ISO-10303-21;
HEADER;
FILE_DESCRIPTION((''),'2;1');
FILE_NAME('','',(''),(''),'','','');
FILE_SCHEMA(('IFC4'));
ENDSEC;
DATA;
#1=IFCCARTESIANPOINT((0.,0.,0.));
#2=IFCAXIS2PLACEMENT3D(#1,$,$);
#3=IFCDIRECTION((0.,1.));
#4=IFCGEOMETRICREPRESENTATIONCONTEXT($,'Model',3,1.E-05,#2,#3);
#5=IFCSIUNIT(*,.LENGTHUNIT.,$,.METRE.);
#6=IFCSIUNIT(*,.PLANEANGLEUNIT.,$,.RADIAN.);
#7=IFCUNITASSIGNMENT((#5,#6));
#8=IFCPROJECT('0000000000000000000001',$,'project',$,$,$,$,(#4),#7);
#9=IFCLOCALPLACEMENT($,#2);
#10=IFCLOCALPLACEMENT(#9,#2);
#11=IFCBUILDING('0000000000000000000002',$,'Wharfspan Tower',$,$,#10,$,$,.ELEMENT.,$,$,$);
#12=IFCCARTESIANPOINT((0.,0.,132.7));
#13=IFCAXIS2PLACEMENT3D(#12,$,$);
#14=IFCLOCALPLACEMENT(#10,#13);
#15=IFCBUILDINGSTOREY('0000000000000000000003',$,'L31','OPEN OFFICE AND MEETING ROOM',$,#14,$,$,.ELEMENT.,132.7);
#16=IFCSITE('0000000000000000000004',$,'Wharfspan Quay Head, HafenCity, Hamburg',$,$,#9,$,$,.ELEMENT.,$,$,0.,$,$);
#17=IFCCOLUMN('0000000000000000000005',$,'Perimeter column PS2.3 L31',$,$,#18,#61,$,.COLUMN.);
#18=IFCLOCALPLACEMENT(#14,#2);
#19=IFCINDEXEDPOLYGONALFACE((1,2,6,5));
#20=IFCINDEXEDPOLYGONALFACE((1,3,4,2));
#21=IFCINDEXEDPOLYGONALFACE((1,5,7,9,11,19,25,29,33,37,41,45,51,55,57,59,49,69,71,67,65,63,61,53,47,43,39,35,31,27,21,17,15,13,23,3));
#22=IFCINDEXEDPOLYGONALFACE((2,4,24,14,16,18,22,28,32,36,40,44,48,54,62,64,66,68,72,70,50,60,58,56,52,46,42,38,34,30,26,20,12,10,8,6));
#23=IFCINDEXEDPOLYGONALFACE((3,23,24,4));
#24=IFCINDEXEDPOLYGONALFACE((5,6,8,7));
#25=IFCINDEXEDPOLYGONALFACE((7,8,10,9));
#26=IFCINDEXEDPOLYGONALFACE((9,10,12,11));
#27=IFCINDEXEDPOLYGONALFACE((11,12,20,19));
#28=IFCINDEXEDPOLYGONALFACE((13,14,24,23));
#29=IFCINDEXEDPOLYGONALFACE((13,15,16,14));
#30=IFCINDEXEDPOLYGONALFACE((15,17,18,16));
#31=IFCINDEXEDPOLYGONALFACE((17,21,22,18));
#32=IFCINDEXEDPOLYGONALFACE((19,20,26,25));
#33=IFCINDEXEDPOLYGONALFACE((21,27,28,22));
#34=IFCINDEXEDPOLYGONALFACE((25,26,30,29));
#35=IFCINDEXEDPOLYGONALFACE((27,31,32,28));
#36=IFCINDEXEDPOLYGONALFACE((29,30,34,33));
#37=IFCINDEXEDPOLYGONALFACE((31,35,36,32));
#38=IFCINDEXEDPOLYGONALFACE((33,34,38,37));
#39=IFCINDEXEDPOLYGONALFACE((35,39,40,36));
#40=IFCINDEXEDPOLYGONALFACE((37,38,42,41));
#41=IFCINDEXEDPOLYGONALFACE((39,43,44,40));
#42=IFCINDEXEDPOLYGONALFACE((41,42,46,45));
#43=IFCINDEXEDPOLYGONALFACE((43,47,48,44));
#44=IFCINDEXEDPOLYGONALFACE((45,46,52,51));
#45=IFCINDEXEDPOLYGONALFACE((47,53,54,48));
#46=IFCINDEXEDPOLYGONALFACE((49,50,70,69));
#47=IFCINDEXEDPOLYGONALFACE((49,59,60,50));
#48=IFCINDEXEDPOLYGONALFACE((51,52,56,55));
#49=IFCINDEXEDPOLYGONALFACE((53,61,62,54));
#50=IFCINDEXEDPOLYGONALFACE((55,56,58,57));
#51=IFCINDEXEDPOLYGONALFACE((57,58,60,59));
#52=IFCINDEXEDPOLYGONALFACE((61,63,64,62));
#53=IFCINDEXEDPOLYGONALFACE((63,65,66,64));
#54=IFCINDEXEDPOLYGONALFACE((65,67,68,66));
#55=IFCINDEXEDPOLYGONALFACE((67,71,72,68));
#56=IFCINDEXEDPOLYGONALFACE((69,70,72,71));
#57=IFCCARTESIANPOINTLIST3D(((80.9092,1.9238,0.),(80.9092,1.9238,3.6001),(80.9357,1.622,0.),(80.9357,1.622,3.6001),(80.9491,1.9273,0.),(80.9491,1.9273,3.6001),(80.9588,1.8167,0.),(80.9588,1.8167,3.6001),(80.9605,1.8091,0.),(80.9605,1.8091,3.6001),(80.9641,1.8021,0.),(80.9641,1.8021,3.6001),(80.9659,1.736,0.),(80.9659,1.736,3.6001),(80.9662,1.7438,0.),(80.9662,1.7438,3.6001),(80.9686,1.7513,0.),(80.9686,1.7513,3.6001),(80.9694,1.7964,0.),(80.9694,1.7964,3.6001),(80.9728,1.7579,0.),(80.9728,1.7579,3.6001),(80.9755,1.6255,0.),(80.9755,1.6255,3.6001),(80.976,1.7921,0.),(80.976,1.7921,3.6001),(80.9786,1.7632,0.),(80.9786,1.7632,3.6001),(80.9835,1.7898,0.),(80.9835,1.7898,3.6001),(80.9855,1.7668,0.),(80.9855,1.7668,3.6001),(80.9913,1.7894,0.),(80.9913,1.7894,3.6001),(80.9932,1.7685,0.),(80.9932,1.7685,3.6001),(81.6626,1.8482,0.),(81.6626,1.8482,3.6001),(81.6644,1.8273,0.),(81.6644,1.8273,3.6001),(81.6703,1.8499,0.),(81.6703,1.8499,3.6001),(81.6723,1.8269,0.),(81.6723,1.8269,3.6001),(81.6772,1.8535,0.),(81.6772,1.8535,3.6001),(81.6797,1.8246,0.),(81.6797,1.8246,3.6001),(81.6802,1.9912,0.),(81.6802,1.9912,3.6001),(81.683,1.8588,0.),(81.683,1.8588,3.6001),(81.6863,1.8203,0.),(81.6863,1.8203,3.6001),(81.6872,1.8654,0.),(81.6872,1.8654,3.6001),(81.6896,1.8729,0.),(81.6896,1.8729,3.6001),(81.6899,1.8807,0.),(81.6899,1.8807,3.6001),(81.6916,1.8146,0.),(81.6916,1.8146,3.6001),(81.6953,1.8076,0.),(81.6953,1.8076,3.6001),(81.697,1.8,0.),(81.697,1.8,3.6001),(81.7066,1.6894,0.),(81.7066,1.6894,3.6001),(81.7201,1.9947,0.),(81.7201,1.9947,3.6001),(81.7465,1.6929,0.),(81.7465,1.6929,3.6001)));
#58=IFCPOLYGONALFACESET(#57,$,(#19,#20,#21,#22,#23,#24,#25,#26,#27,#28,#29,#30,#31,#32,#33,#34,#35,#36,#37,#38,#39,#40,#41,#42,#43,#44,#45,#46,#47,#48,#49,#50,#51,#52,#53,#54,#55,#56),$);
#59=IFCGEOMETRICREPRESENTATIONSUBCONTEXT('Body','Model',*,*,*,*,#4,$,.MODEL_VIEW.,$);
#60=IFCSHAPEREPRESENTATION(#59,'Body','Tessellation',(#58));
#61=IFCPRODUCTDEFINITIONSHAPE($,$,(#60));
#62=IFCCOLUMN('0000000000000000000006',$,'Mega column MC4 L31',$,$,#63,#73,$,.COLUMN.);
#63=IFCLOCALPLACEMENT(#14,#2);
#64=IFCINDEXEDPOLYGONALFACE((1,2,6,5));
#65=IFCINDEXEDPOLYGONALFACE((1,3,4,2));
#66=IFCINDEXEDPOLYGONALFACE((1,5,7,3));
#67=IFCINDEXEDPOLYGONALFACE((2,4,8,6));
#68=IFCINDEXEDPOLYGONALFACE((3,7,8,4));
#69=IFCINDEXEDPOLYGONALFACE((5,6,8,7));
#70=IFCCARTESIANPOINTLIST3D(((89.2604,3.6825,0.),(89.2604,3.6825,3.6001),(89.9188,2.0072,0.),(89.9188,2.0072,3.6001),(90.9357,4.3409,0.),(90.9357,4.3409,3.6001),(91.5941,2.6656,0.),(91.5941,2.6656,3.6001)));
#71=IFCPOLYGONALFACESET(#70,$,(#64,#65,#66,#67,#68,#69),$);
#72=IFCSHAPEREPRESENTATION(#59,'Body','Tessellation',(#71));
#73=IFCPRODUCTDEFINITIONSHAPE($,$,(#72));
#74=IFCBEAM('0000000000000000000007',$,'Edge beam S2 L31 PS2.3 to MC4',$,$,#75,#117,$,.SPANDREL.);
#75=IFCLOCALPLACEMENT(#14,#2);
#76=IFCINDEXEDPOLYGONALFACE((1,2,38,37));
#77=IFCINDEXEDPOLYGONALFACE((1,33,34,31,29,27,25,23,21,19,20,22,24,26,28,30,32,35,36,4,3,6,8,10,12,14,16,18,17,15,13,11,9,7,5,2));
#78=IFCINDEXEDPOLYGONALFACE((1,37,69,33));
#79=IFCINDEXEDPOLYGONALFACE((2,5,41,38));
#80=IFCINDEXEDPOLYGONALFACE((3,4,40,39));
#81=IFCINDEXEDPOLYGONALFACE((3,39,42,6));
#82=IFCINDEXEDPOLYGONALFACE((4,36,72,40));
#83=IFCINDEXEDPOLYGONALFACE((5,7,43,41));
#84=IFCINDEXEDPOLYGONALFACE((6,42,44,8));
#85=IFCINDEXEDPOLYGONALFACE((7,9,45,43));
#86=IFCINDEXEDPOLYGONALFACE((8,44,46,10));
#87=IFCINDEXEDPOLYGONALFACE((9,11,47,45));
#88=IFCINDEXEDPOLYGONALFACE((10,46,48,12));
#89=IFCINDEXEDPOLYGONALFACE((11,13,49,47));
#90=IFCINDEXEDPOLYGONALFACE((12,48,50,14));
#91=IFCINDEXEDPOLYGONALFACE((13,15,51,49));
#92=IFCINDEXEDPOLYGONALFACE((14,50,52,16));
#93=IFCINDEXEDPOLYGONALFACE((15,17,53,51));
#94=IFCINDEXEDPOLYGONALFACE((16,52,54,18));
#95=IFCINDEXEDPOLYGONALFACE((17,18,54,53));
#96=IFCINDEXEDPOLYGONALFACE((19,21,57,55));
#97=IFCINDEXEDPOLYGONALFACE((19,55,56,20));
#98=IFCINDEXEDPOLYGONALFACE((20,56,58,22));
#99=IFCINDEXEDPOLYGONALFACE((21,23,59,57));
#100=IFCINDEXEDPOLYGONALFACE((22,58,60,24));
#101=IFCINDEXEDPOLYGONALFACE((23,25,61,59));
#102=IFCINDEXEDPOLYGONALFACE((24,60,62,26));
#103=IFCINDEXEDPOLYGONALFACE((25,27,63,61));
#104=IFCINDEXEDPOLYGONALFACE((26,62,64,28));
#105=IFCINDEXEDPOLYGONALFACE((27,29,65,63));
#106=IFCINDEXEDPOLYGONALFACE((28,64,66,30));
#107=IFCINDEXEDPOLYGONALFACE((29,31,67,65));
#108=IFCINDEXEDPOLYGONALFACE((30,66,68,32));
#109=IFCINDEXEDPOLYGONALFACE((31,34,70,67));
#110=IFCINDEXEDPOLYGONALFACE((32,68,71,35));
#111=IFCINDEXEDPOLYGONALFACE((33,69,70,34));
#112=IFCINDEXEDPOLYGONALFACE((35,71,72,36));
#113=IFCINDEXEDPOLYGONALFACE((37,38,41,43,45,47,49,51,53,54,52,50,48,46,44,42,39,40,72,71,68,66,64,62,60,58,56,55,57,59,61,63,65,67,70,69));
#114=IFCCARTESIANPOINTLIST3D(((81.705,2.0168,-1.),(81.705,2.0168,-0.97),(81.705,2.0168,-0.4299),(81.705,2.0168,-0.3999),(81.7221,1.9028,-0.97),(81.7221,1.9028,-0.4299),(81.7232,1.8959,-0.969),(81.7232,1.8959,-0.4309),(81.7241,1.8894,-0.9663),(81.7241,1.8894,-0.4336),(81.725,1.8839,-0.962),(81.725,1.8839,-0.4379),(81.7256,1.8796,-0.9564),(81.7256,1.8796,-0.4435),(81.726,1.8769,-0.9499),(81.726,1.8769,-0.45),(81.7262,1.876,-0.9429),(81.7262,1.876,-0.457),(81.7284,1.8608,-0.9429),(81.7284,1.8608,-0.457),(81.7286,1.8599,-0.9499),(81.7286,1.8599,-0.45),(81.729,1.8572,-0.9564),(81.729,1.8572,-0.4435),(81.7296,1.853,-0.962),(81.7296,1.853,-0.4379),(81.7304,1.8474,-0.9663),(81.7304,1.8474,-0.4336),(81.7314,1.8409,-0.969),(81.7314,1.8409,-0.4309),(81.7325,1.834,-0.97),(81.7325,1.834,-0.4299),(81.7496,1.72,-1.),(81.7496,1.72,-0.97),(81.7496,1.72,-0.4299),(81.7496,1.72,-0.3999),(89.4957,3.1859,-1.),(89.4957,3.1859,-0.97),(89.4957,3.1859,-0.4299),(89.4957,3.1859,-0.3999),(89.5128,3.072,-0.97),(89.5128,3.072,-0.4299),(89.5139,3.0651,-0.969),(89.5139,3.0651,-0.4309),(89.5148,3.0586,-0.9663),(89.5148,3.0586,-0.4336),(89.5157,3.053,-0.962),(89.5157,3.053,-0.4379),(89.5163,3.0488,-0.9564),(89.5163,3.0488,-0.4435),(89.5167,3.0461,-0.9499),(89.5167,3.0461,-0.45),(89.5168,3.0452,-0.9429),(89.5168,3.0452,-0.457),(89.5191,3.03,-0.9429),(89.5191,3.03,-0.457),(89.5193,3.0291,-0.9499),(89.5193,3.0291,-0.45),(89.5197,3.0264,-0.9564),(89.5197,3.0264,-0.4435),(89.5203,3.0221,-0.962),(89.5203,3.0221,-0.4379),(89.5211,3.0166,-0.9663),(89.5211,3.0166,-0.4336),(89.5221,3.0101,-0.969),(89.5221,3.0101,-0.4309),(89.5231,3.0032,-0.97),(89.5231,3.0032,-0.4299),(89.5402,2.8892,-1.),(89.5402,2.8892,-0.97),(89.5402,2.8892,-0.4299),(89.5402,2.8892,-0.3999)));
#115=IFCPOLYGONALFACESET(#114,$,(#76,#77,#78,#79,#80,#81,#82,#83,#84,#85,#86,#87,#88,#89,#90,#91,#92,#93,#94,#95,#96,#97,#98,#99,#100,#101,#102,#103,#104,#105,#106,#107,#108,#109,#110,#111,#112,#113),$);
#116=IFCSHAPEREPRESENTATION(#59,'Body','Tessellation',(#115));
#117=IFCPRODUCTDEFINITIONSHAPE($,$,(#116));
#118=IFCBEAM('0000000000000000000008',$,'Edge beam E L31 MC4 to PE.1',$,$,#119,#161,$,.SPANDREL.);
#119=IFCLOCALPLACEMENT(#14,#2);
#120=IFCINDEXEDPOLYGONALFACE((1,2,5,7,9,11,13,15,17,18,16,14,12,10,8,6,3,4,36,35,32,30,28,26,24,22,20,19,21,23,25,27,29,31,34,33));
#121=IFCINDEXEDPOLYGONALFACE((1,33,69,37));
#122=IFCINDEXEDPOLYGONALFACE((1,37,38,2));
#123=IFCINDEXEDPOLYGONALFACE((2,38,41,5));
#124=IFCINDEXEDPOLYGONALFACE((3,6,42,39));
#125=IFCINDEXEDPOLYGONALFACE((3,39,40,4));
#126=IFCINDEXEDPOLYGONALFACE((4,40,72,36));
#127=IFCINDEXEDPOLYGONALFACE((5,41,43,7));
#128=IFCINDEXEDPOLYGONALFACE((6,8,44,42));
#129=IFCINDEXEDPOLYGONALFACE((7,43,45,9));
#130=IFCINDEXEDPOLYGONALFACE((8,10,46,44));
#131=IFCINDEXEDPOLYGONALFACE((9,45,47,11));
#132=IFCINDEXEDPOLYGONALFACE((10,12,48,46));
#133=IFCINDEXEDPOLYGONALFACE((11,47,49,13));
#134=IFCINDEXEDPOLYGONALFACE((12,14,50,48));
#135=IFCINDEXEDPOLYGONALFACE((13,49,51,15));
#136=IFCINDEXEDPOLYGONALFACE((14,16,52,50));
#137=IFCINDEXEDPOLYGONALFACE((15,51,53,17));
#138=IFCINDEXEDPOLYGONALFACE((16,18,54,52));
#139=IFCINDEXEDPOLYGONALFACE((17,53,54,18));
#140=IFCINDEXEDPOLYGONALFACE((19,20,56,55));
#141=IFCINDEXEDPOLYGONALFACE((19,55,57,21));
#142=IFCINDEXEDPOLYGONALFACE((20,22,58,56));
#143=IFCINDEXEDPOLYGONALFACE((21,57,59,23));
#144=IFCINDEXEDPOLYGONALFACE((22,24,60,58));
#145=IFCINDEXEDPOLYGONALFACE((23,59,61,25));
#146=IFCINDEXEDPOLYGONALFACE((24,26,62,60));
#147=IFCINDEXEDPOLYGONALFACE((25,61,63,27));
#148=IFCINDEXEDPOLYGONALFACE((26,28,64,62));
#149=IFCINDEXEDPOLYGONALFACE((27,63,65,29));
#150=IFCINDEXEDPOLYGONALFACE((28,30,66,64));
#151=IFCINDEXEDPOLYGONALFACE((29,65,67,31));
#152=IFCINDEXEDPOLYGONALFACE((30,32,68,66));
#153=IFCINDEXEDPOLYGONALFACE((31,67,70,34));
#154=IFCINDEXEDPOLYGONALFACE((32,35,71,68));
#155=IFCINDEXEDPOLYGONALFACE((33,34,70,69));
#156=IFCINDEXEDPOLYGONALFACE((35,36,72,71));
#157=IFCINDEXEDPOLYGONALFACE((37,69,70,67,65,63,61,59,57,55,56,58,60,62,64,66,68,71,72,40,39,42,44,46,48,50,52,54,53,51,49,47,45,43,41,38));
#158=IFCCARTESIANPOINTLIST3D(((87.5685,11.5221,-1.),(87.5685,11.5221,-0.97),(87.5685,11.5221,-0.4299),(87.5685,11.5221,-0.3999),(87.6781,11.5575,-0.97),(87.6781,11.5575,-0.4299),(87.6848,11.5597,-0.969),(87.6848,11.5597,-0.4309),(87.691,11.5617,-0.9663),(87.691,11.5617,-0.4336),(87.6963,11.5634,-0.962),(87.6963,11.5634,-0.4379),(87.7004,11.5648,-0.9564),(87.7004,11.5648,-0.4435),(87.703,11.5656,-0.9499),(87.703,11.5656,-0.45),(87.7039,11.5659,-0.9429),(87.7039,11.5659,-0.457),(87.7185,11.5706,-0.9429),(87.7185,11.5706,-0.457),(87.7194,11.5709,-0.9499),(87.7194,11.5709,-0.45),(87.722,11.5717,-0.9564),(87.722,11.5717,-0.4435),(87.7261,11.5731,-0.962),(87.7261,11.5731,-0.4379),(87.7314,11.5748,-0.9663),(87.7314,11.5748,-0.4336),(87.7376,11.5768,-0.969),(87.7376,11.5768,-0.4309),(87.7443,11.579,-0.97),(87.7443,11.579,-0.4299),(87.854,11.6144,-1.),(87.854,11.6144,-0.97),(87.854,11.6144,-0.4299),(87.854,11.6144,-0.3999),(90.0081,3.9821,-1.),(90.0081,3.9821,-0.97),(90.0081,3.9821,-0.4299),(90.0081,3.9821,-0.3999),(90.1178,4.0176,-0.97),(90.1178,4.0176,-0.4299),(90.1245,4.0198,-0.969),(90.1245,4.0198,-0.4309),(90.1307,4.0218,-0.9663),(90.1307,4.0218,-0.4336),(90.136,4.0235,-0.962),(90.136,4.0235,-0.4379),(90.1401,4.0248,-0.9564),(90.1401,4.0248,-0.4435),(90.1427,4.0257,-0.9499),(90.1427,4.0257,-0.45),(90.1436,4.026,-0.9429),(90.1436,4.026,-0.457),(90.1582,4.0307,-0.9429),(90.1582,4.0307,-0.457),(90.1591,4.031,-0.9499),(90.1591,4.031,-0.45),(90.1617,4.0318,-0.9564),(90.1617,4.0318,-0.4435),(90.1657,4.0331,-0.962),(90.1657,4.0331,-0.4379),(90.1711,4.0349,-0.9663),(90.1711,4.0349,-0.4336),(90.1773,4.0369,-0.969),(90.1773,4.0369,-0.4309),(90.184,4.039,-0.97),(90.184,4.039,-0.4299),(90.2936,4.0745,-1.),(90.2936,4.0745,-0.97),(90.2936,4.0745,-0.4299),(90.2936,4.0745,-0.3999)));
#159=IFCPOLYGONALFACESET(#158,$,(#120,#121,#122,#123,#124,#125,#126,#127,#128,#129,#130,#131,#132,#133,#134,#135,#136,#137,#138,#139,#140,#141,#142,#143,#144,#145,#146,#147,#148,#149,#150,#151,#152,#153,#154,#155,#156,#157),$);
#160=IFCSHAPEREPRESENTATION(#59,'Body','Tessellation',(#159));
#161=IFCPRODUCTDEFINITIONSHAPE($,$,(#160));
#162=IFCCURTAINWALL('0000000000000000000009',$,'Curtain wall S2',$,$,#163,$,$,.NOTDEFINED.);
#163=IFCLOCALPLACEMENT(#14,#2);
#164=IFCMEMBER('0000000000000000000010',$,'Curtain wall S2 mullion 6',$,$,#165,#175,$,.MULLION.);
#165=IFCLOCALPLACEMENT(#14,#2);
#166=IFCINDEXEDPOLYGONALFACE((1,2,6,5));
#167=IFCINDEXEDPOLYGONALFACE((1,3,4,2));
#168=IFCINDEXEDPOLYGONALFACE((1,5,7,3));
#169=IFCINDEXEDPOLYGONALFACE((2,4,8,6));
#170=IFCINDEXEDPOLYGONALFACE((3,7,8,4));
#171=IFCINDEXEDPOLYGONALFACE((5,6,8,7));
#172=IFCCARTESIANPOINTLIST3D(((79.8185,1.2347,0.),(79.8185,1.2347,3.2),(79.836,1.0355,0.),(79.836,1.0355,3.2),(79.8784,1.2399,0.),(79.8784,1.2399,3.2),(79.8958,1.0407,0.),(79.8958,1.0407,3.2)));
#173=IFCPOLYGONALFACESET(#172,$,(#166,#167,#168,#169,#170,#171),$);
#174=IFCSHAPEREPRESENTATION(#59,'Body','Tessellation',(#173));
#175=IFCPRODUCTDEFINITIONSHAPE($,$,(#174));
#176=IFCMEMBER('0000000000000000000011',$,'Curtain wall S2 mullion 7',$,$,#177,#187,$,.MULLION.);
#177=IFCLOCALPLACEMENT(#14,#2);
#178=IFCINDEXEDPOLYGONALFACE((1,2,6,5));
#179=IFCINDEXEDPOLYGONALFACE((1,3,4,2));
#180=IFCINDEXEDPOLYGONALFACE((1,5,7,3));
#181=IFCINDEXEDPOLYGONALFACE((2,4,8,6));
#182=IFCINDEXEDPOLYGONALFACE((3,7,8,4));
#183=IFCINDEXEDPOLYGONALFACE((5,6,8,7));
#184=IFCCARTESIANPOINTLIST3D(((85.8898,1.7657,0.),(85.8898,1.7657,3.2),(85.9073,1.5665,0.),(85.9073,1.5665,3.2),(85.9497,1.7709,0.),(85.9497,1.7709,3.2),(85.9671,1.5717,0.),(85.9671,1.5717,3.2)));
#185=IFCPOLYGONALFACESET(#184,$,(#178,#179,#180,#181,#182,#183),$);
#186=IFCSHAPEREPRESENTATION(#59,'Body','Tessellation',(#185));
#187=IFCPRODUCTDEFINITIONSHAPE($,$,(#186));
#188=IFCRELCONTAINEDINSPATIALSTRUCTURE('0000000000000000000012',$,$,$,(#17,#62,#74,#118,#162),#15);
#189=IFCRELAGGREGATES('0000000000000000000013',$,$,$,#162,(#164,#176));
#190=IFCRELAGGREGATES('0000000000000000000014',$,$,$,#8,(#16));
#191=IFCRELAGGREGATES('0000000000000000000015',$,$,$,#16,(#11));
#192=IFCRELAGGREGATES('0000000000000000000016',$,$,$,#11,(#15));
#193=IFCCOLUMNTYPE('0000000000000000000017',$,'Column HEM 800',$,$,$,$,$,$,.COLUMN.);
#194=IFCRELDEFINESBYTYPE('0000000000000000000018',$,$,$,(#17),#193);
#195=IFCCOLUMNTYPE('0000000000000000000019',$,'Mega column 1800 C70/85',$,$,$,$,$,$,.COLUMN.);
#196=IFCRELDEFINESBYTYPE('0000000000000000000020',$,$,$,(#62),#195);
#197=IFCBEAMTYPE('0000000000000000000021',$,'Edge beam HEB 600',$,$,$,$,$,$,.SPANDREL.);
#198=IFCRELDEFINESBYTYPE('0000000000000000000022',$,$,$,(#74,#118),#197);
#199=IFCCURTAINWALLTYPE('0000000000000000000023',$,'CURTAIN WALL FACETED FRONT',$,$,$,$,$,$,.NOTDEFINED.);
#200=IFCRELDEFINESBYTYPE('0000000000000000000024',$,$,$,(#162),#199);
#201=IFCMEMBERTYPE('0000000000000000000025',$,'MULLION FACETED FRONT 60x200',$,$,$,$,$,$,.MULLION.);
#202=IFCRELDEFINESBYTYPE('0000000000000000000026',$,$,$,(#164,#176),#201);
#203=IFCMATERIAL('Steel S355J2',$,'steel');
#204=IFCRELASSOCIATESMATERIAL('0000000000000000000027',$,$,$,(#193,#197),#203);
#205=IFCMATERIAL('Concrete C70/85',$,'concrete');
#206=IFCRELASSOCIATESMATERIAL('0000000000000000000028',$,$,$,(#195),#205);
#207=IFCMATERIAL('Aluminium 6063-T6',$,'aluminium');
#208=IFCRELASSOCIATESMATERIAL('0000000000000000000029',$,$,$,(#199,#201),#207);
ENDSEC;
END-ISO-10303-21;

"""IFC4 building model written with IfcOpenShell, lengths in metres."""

from ifc_helpers import new_model, si_unit, direction, frame, origin, origin_2d, place, context, subcontext, project, spatial, rectangle, i_section, extrude, material, material_profile, profile_set, type_object, element, aggregate, save


model = new_model("IFC4")

# Units and contexts
model_context = context("Model", 3, precision=1e-05, world=origin(), true_north=direction((0.0, 1.0)))
body_context = subcontext(model_context, "Body", "Model", "MODEL_VIEW")
ifc_project = project(units=[si_unit("LENGTHUNIT", "METRE"), si_unit("PLANEANGLEUNIT", "RADIAN")], contexts=[model_context])

# Site, building, storey
site_placement = place(None, origin())
site = spatial("IfcSite", under=ifc_project, at=site_placement, Name="Wharfspan Quay Head, HafenCity, Hamburg", CompositionType="ELEMENT", RefElevation=0.0)
building_placement = place(site_placement, origin())
building = spatial("IfcBuilding", under=site, at=building_placement, Name="Wharfspan Tower", CompositionType="ELEMENT")
storey_placement = place(building_placement, frame((0.0, 0.0, 132.7)))
storey = spatial("IfcBuildingStorey", under=building, at=storey_placement, Name="L31", Description="OPEN OFFICE AND MEETING ROOM", CompositionType="ELEMENT", Elevation=132.7)

# Columns
ifc_material_1 = material(Name="Steel S355J2", Category="steel")
ifc_material_profile_1 = material_profile(ifc_material_1, i_section(OverallWidth=0.303, OverallDepth=0.814, WebThickness=0.021, FlangeThickness=0.04, FilletRadius=0.03, at=origin_2d()))
ifc_profile_set_1 = profile_set([ifc_material_profile_1], Name="Steel S355J2")
column_type_1 = type_object("IfcColumnType", Name="Column HEM 800", PredefinedType="COLUMN", material=ifc_profile_set_1)
column_1_placement = place(storey_placement, frame((81.3279, 1.8083, 0.0), z_axis=(0.0, 0.0, 1.0), x_axis=(0.087156, -0.996198, 0.0)))
element("IfcColumn", 1, at=column_1_placement, inside=storey, type_object=column_type_1, Name="Perimeter column PS2.3 L31", PredefinedType="COLUMN", context=body_context, shape_type="SweptSolid", body=[
    extrude(i_section(OverallWidth=0.303, OverallDepth=0.814, WebThickness=0.021, FlangeThickness=0.04, FilletRadius=0.03, at=origin_2d()), origin(), (0.0, 0.0, 1.0), 3.6001),
])
ifc_material_2 = material(Name="Concrete C70/85", Category="concrete")
ifc_material_profile_2 = material_profile(ifc_material_2, rectangle(XDim=1.8, YDim=1.8, at=origin_2d()))
ifc_profile_set_2 = profile_set([ifc_material_profile_2], Name="Concrete C70/85")
column_type_2 = type_object("IfcColumnType", Name="Mega column 1800 C70/85", PredefinedType="COLUMN", material=ifc_profile_set_2)
column_2_placement = place(storey_placement, frame((90.4272, 3.1741, 0.0), z_axis=(0.0, 0.0, 1.0), x_axis=(-0.365778, 0.930702, 0.0)))
element("IfcColumn", 2, at=column_2_placement, inside=storey, type_object=column_type_2, Name="Mega column MC4 L31", PredefinedType="COLUMN", context=body_context, shape_type="SweptSolid", body=[
    extrude(rectangle(XDim=1.8, YDim=1.8, at=origin_2d()), origin(), (0.0, 0.0, 1.0), 3.6001),
])

# Beams
ifc_material_profile_3 = material_profile(ifc_material_1, i_section(OverallWidth=0.3, OverallDepth=0.6001, WebThickness=0.0154, FlangeThickness=0.03, FilletRadius=0.0271, at=origin_2d()))
ifc_profile_set_3 = profile_set([ifc_material_profile_3], Name="Steel S355J2")
beam_type = type_object("IfcBeamType", Name="Edge beam HEB 600", PredefinedType="SPANDREL", material=ifc_profile_set_3)
beam_1_placement = place(storey_placement, frame((81.7273, 1.8684, -0.7), z_axis=(0.988926, 0.148412, 0.0), x_axis=(-0.148412, 0.988926, 0.0)))
element("IfcBeam", 3, at=beam_1_placement, inside=storey, type_object=beam_type, Name="Edge beam S2 L31 PS2.3 to MC4", PredefinedType="SPANDREL", context=body_context, shape_type="SweptSolid", body=[
    extrude(i_section(OverallWidth=0.3, OverallDepth=0.6001, WebThickness=0.0154, FlangeThickness=0.03, FilletRadius=0.0271, at=origin_2d()), origin(), (0.0, 0.0, 1.0), 7.8779),
])
beam_2_placement = place(storey_placement, frame((90.1509, 4.0283, -0.7), z_axis=(-0.307851, 0.951434, 0.0), x_axis=(-0.951434, -0.307851, 0.0)))
element("IfcBeam", 4, at=beam_2_placement, inside=storey, type_object=beam_type, Name="Edge beam E L31 MC4 to PE.1", PredefinedType="SPANDREL", context=body_context, shape_type="SweptSolid", body=[
    extrude(i_section(OverallWidth=0.3, OverallDepth=0.6001, WebThickness=0.0154, FlangeThickness=0.03, FilletRadius=0.0271, at=origin_2d()), origin(), (0.0, 0.0, 1.0), 7.9248),
])

# Curtain wall, members
ifc_material_3 = material(Name="Aluminium 6063-T6", Category="aluminium")
curtain_wall_type_1 = type_object("IfcCurtainWallType", Name="CURTAIN WALL FACETED FRONT", PredefinedType="NOTDEFINED", material=ifc_material_3)
curtain_wall_1_placement = place(storey_placement, origin())
curtain_wall_1 = element("IfcCurtainWall", 5, at=curtain_wall_1_placement, inside=storey, type_object=curtain_wall_type_1, Name="Curtain wall S2", PredefinedType="NOTDEFINED")
ifc_material_profile_4 = material_profile(ifc_material_3, rectangle(XDim=0.2, YDim=0.0601, at=origin_2d()))
ifc_profile_set_4 = profile_set([ifc_material_profile_4], Name="Aluminium 6063-T6")
member_type_1 = type_object("IfcMemberType", Name="MULLION FACETED FRONT 60x200", PredefinedType="MULLION", material=ifc_profile_set_4)
member_1_placement = place(storey_placement, frame((79.8572, 1.1377, 0.0), z_axis=(0.0, 0.0, 1.0), x_axis=(-0.087156, 0.996198, 0.0)))
member_1 = element("IfcMember", 6, at=member_1_placement, type_object=member_type_1, Name="Curtain wall S2 mullion 6", PredefinedType="MULLION", context=body_context, shape_type="SweptSolid", body=[
    extrude(rectangle(XDim=0.2, YDim=0.0601, at=origin_2d()), origin(), (0.0, 0.0, 1.0), 3.2),
])
member_2_placement = place(storey_placement, frame((85.9285, 1.6687, 0.0), z_axis=(0.0, 0.0, 1.0), x_axis=(-0.087156, 0.996198, 0.0)))
member_2 = element("IfcMember", 7, at=member_2_placement, type_object=member_type_1, Name="Curtain wall S2 mullion 7", PredefinedType="MULLION", context=body_context, shape_type="SweptSolid", body=[
    extrude(rectangle(XDim=0.2, YDim=0.0601, at=origin_2d()), origin(), (0.0, 0.0, 1.0), 3.2),
])

aggregate(curtain_wall_1, [member_1, member_2])

save(model, "model.ifc")
